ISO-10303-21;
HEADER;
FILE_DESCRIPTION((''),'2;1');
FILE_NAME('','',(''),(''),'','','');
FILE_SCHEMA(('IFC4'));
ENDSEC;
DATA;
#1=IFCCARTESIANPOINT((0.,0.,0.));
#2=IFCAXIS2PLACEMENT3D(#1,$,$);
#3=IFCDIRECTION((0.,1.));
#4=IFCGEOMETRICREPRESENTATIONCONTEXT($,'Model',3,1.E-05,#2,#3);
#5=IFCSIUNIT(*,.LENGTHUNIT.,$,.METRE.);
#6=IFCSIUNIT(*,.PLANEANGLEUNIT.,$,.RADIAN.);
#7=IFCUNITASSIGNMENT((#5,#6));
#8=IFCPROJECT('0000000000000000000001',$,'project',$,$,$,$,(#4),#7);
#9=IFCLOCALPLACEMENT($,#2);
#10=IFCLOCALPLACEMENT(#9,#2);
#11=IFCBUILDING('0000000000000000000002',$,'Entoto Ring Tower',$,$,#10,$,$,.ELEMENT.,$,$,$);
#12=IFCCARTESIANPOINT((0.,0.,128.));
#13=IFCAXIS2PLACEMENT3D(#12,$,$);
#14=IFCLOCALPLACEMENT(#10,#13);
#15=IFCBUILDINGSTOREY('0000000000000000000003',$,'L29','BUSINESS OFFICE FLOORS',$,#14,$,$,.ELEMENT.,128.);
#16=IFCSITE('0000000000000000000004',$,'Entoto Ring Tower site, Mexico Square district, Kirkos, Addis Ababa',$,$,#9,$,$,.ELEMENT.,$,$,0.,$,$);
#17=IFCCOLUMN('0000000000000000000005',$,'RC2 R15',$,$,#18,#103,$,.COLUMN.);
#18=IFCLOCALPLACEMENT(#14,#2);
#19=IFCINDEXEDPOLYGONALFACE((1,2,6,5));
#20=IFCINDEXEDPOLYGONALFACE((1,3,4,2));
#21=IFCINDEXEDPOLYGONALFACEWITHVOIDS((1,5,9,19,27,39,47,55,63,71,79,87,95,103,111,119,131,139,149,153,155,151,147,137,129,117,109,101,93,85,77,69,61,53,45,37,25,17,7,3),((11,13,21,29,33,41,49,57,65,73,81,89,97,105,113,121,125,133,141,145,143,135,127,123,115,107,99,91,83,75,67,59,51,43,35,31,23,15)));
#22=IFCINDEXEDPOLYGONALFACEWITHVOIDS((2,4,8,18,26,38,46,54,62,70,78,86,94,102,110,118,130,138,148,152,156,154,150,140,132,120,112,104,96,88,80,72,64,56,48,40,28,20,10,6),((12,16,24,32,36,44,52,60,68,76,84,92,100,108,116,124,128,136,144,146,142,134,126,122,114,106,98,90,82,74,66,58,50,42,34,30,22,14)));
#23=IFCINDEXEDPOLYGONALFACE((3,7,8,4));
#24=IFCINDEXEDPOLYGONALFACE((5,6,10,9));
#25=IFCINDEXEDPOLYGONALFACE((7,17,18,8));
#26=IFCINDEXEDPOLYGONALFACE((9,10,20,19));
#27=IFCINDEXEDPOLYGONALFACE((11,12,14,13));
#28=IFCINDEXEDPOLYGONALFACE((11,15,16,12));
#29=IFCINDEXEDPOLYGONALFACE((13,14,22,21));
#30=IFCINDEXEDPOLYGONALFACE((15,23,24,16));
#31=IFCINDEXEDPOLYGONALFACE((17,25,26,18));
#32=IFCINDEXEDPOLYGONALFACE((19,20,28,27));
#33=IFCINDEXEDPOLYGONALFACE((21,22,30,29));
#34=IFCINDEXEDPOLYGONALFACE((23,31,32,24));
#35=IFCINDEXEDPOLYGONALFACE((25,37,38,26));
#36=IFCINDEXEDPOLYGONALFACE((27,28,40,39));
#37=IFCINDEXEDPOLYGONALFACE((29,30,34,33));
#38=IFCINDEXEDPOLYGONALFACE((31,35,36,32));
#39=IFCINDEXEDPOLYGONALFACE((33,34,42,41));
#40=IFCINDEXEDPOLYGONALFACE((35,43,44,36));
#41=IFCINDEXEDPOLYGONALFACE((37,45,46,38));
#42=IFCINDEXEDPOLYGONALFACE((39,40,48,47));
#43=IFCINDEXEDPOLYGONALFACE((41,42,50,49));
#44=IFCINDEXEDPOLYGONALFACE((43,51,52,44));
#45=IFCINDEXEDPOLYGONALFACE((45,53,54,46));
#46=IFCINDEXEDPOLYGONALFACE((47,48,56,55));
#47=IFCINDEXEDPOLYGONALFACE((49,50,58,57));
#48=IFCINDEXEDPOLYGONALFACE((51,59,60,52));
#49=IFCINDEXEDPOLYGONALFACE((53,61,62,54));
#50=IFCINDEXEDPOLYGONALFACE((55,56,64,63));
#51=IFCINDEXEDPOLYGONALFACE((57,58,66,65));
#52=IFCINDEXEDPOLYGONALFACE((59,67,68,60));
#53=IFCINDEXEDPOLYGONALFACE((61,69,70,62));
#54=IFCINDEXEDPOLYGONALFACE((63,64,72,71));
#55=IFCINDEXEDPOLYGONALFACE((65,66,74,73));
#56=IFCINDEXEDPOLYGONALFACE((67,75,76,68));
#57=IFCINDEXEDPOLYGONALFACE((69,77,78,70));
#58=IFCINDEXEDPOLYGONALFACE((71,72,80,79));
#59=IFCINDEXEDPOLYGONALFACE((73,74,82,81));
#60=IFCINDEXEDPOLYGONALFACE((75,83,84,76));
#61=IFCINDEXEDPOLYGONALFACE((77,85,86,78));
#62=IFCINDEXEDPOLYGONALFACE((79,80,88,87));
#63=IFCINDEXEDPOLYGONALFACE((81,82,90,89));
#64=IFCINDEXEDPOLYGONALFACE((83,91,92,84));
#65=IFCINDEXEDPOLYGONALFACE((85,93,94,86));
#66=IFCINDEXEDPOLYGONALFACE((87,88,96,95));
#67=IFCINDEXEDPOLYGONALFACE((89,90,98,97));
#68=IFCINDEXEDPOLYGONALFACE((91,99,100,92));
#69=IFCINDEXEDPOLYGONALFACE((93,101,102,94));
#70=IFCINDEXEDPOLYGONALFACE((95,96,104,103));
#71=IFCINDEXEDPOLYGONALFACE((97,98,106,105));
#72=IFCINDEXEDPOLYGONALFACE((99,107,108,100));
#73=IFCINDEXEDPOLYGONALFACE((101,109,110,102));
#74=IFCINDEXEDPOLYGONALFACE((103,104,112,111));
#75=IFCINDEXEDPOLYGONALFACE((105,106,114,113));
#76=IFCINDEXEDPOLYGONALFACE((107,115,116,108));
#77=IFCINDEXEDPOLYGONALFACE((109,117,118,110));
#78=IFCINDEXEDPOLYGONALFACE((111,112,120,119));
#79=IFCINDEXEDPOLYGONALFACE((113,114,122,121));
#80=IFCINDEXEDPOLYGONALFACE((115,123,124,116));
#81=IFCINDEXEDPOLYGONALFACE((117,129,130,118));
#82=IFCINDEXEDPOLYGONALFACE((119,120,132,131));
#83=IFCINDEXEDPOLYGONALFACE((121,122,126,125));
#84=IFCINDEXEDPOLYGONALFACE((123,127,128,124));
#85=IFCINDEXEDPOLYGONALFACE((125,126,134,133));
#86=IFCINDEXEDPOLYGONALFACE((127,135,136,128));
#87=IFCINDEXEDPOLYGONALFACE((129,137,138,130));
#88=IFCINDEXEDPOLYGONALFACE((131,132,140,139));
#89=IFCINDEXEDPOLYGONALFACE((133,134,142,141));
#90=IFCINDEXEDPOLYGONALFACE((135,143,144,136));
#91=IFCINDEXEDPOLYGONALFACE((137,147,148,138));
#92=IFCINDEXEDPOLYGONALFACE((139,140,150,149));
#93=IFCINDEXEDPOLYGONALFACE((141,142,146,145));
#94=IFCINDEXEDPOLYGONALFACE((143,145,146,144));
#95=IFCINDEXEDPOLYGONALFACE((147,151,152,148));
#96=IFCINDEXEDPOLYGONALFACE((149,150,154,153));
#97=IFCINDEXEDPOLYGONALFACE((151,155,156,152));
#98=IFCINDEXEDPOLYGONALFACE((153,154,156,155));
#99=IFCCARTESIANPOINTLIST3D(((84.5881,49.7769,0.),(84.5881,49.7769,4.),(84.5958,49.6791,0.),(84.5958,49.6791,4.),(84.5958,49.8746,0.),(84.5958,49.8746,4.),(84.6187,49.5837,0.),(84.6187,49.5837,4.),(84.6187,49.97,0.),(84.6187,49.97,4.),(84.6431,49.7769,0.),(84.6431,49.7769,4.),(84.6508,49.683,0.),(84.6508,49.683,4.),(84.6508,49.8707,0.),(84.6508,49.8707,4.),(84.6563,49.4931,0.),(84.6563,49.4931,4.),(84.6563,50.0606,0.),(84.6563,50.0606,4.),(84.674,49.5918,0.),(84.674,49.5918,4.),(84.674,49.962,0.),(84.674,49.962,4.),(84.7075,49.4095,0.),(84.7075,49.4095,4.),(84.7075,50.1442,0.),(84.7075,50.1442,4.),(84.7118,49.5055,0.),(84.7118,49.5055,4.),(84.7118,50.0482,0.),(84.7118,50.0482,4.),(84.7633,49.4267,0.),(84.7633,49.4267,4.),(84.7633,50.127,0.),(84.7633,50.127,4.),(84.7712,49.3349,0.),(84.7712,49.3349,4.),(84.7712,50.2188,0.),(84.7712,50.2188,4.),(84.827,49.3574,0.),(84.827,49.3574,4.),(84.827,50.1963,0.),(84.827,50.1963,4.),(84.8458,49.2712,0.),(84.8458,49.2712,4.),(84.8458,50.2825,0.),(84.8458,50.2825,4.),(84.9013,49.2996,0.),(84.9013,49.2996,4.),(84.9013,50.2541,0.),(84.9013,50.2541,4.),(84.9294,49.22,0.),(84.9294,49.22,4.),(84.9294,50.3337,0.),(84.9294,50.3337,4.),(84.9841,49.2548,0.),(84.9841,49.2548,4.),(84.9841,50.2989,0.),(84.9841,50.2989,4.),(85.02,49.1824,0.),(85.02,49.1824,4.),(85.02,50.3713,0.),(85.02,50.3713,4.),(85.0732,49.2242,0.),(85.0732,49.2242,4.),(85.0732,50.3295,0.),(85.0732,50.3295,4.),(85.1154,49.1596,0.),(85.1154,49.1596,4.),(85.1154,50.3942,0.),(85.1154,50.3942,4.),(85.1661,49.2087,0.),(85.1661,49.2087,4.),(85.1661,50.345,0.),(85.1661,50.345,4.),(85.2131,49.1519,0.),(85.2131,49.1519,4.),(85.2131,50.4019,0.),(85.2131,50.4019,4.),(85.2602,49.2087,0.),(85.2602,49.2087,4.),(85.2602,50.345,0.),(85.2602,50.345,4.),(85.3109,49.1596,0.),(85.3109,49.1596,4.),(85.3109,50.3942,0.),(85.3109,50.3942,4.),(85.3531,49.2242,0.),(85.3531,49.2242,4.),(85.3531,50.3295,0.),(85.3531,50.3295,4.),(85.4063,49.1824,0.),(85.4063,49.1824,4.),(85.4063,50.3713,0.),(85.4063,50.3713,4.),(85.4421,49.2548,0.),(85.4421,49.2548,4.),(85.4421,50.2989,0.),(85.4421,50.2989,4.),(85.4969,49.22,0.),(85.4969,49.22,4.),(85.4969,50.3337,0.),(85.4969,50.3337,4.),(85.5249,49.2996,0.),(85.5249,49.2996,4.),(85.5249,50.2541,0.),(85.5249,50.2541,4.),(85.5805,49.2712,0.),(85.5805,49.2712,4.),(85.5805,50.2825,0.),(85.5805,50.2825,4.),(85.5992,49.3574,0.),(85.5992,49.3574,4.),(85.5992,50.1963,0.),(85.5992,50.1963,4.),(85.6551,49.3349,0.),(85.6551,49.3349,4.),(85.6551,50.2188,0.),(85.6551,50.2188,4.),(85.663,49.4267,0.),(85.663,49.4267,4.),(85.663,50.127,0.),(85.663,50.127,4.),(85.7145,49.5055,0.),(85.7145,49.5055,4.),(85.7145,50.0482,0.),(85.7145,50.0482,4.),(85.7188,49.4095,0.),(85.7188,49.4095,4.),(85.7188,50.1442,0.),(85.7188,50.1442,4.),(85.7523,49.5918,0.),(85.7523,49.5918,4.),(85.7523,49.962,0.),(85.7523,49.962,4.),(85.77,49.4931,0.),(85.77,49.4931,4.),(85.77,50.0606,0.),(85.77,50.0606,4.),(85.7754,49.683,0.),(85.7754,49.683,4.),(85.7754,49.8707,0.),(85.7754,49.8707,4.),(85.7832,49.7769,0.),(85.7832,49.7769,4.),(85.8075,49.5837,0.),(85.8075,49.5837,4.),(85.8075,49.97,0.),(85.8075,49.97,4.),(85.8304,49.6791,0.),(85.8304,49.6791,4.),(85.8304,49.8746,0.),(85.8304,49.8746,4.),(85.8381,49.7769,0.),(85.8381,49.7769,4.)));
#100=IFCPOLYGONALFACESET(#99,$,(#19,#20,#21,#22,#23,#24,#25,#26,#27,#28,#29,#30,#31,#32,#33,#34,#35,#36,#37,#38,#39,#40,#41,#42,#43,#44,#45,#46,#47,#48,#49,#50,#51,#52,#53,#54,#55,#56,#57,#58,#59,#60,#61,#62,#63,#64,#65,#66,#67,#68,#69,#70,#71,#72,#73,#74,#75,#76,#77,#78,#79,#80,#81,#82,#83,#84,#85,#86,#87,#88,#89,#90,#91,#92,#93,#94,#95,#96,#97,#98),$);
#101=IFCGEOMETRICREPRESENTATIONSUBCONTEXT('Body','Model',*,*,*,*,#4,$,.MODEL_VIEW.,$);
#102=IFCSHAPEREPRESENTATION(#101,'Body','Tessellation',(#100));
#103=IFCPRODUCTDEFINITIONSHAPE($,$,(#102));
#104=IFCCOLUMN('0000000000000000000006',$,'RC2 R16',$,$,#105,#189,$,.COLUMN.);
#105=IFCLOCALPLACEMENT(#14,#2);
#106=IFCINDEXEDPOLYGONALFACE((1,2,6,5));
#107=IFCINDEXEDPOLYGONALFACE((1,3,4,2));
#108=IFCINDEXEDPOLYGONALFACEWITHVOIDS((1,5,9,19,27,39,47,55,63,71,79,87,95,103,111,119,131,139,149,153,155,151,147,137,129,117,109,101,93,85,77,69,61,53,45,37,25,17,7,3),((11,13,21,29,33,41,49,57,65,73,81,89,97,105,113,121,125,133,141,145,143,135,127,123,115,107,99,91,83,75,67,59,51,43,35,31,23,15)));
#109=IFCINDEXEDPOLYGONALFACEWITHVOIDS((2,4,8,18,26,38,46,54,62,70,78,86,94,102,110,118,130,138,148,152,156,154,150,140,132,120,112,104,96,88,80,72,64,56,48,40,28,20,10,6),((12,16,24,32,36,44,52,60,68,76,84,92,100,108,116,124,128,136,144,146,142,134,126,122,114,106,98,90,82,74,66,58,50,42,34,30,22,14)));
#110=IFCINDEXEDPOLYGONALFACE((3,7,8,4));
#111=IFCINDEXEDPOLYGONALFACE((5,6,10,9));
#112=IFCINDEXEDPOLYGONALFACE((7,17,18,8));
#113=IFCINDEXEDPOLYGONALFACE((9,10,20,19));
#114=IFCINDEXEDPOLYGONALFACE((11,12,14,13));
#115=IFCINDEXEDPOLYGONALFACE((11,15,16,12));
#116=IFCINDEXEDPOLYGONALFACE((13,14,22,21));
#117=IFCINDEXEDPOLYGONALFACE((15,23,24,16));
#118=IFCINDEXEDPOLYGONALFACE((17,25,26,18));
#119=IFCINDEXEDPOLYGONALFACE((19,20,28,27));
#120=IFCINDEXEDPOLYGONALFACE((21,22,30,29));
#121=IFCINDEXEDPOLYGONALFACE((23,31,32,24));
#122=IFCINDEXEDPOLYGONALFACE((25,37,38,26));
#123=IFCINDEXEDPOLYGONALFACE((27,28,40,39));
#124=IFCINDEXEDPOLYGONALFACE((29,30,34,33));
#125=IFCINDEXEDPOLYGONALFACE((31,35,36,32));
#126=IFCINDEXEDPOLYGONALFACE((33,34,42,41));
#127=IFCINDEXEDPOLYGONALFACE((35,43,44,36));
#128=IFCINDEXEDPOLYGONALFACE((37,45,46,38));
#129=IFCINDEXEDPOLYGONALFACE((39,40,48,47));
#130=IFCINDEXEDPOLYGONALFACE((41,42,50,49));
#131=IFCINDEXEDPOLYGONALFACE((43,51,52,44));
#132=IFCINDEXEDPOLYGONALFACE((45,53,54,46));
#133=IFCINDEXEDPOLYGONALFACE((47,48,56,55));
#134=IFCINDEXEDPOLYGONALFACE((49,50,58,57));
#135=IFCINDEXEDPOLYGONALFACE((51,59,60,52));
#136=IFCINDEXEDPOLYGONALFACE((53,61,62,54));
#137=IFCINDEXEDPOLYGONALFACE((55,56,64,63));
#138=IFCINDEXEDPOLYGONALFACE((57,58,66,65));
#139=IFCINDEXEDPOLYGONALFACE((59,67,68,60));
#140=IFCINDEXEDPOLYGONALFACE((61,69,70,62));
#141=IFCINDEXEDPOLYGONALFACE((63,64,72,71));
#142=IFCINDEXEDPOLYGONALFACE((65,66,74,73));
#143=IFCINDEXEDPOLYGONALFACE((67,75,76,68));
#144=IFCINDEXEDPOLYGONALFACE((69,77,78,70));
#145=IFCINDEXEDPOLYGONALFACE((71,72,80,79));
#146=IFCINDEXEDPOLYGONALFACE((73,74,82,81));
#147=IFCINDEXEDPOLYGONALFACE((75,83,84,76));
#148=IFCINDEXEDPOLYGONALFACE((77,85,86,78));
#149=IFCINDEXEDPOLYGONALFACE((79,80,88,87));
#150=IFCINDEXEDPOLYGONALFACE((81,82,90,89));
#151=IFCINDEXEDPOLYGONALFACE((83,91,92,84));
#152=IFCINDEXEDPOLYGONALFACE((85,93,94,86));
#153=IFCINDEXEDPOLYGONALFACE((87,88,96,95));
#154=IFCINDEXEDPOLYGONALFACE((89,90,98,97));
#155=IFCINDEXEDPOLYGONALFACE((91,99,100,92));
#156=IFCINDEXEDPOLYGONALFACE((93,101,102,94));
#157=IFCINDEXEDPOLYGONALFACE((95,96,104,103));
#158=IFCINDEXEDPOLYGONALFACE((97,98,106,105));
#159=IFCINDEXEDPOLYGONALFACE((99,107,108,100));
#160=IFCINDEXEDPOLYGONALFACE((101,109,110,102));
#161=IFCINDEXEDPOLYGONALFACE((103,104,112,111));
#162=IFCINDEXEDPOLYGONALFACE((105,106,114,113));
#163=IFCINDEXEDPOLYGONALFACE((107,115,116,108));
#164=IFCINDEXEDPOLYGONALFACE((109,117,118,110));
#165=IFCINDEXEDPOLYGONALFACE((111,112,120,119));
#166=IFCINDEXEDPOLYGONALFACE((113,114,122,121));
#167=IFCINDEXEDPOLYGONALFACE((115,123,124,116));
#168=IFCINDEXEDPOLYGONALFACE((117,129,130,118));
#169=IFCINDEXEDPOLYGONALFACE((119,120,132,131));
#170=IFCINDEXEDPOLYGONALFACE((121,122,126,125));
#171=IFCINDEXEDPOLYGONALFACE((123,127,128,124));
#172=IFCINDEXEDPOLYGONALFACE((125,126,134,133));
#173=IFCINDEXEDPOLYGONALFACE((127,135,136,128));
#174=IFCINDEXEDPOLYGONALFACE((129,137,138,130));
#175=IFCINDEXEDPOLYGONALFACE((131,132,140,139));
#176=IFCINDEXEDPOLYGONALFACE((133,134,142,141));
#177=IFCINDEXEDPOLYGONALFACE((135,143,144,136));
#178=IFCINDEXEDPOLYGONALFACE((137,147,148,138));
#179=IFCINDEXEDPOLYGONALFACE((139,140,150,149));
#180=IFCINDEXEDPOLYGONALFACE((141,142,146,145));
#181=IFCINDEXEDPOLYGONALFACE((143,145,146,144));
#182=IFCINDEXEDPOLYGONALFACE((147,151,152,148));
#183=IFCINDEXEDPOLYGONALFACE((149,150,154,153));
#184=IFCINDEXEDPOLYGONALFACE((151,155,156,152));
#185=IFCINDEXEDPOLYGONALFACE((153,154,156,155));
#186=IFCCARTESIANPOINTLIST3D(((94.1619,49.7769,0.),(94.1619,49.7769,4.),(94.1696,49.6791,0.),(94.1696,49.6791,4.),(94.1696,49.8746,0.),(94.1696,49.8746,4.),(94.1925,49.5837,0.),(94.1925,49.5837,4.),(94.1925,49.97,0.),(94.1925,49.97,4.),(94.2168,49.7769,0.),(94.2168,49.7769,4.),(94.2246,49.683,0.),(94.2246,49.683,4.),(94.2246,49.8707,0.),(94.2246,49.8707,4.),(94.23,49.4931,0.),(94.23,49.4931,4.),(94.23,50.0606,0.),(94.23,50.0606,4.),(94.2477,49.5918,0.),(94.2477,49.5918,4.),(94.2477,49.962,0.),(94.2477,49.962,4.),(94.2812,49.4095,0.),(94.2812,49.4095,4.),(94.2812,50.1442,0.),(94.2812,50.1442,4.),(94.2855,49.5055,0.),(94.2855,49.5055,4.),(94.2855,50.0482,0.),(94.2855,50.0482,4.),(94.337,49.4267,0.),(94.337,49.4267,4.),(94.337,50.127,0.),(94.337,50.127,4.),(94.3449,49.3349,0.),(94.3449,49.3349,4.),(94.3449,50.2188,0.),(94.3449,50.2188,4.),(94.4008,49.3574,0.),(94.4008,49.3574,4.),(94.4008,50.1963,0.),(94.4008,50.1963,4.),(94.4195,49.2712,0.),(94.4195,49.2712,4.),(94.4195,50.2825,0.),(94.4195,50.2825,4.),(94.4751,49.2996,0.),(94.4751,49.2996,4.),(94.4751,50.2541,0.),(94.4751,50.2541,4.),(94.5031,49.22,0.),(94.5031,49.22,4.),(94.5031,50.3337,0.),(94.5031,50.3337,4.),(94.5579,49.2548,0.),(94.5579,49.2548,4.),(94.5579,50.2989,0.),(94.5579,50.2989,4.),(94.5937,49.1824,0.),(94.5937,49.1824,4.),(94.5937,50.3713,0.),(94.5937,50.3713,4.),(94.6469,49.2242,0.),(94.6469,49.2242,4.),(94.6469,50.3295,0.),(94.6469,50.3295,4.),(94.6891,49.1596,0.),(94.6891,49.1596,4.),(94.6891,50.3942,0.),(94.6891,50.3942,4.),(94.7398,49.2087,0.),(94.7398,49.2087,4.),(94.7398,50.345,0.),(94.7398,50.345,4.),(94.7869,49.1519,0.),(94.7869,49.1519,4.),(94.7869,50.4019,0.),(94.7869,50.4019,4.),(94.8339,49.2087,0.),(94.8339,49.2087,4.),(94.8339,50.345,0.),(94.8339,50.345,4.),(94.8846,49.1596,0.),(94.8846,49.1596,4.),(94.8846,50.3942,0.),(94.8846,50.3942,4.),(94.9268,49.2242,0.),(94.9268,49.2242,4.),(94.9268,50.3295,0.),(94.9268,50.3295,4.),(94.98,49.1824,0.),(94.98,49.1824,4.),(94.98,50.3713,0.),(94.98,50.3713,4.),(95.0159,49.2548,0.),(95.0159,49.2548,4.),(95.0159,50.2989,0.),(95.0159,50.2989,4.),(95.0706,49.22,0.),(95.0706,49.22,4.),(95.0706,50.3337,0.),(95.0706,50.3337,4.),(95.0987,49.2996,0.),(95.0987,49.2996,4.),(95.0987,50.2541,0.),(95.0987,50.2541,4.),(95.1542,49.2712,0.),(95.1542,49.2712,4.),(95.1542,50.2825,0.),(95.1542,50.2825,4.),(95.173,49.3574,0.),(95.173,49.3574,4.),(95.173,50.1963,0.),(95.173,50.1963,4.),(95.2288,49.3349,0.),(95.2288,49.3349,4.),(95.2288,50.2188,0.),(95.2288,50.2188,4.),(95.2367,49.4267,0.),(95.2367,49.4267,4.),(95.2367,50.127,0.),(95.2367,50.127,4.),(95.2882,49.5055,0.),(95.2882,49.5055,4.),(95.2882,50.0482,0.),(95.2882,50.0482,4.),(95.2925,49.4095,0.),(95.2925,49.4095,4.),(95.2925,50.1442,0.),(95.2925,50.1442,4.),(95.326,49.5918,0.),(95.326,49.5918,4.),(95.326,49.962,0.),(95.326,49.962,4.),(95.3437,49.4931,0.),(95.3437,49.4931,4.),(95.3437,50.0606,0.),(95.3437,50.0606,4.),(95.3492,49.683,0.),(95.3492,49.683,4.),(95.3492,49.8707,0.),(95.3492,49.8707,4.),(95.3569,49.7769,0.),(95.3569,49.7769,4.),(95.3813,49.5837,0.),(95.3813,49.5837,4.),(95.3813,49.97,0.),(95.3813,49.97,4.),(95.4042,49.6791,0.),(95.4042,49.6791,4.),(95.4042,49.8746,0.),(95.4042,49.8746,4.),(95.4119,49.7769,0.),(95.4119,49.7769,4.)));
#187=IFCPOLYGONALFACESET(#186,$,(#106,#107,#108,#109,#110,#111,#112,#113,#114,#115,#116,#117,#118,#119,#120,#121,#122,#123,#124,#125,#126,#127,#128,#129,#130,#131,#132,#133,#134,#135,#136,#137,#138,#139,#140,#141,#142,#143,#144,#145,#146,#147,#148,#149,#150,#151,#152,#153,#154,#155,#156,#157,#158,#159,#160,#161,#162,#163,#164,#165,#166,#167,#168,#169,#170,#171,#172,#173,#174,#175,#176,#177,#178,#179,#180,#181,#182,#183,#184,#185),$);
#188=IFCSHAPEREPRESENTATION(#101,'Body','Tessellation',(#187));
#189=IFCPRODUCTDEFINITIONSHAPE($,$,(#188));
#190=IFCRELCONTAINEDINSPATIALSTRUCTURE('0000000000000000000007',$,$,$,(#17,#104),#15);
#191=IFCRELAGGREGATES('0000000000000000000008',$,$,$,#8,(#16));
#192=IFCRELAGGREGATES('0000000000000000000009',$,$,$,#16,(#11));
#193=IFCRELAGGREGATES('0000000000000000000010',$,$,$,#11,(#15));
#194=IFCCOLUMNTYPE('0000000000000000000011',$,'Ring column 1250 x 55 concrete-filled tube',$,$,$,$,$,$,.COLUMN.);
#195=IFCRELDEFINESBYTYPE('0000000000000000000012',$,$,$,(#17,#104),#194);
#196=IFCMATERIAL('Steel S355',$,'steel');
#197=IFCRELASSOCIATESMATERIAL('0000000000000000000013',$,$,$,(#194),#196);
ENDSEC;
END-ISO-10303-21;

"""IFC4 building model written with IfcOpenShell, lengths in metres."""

from ifc_helpers import new_model, si_unit, direction, frame, origin, origin_2d, place, context, subcontext, project, spatial, circle, hollow_circle, extrude, material, material_profile, profile_set, type_object, element, save


model = new_model("IFC4")

# Units and contexts
model_context = context("Model", 3, precision=1e-05, world=origin(), true_north=direction((0.0, 1.0)))
body_context = subcontext(model_context, "Body", "Model", "MODEL_VIEW")
ifc_project = project(units=[si_unit("LENGTHUNIT", "METRE"), si_unit("PLANEANGLEUNIT", "RADIAN")], contexts=[model_context])

# Site, building, storey
site_placement = place(None, origin())
site = spatial("IfcSite", under=ifc_project, at=site_placement, Name="Entoto Ring Tower site, Mexico Square district, Kirkos, Addis Ababa", CompositionType="ELEMENT", RefElevation=0.0)
building_placement = place(site_placement, origin())
building = spatial("IfcBuilding", under=site, at=building_placement, Name="Entoto Ring Tower", CompositionType="ELEMENT")
storey_placement = place(building_placement, frame((0.0, 0.0, 128.0)))
storey = spatial("IfcBuildingStorey", under=building, at=storey_placement, Name="L29", Description="BUSINESS OFFICE FLOORS", CompositionType="ELEMENT", Elevation=128.0)

# Columns
ifc_material_1 = material(Name="Steel S355", Category="steel")
ifc_material_profile_1 = material_profile(ifc_material_1, hollow_circle(Radius=0.625, WallThickness=0.0549, at=origin_2d()), Name="CHS 1250 x 55")
ifc_material_2 = material(Name="Concrete C60/75", Category="concrete")
ifc_material_profile_2 = material_profile(ifc_material_2, circle(Radius=0.5701, at=origin_2d()), Name="Concrete C60/75 infill")
ifc_profile_set_1 = profile_set([ifc_material_profile_1, ifc_material_profile_2], Name="Steel S355")
column_type = type_object("IfcColumnType", Name="Ring column 1250 x 55 concrete-filled tube", PredefinedType="COLUMN", material=ifc_profile_set_1)
for number, where, z_axis, x_axis, name in (
    (1, (85.2131, 49.7769, 0.0), (0.0, 0.0, 1.0), (1.0, 0.0, 0.0), "RC2 R15"),
    (2, (94.7869, 49.7769, 0.0), (0.0, 0.0, 1.0), (1.0, 0.0, 0.0), "RC2 R16"),
):
    element("IfcColumn", number, at=place(storey_placement, frame(where, z_axis=z_axis, x_axis=x_axis)), inside=storey, type_object=column_type, Name=name, PredefinedType="COLUMN", context=body_context, shape_type="SweptSolid", body=[
        extrude(hollow_circle(Radius=0.625, WallThickness=0.0549, at=origin_2d()), origin(), (0.0, 0.0, 1.0), 4.0),
    ])

save(model, "model.ifc")
